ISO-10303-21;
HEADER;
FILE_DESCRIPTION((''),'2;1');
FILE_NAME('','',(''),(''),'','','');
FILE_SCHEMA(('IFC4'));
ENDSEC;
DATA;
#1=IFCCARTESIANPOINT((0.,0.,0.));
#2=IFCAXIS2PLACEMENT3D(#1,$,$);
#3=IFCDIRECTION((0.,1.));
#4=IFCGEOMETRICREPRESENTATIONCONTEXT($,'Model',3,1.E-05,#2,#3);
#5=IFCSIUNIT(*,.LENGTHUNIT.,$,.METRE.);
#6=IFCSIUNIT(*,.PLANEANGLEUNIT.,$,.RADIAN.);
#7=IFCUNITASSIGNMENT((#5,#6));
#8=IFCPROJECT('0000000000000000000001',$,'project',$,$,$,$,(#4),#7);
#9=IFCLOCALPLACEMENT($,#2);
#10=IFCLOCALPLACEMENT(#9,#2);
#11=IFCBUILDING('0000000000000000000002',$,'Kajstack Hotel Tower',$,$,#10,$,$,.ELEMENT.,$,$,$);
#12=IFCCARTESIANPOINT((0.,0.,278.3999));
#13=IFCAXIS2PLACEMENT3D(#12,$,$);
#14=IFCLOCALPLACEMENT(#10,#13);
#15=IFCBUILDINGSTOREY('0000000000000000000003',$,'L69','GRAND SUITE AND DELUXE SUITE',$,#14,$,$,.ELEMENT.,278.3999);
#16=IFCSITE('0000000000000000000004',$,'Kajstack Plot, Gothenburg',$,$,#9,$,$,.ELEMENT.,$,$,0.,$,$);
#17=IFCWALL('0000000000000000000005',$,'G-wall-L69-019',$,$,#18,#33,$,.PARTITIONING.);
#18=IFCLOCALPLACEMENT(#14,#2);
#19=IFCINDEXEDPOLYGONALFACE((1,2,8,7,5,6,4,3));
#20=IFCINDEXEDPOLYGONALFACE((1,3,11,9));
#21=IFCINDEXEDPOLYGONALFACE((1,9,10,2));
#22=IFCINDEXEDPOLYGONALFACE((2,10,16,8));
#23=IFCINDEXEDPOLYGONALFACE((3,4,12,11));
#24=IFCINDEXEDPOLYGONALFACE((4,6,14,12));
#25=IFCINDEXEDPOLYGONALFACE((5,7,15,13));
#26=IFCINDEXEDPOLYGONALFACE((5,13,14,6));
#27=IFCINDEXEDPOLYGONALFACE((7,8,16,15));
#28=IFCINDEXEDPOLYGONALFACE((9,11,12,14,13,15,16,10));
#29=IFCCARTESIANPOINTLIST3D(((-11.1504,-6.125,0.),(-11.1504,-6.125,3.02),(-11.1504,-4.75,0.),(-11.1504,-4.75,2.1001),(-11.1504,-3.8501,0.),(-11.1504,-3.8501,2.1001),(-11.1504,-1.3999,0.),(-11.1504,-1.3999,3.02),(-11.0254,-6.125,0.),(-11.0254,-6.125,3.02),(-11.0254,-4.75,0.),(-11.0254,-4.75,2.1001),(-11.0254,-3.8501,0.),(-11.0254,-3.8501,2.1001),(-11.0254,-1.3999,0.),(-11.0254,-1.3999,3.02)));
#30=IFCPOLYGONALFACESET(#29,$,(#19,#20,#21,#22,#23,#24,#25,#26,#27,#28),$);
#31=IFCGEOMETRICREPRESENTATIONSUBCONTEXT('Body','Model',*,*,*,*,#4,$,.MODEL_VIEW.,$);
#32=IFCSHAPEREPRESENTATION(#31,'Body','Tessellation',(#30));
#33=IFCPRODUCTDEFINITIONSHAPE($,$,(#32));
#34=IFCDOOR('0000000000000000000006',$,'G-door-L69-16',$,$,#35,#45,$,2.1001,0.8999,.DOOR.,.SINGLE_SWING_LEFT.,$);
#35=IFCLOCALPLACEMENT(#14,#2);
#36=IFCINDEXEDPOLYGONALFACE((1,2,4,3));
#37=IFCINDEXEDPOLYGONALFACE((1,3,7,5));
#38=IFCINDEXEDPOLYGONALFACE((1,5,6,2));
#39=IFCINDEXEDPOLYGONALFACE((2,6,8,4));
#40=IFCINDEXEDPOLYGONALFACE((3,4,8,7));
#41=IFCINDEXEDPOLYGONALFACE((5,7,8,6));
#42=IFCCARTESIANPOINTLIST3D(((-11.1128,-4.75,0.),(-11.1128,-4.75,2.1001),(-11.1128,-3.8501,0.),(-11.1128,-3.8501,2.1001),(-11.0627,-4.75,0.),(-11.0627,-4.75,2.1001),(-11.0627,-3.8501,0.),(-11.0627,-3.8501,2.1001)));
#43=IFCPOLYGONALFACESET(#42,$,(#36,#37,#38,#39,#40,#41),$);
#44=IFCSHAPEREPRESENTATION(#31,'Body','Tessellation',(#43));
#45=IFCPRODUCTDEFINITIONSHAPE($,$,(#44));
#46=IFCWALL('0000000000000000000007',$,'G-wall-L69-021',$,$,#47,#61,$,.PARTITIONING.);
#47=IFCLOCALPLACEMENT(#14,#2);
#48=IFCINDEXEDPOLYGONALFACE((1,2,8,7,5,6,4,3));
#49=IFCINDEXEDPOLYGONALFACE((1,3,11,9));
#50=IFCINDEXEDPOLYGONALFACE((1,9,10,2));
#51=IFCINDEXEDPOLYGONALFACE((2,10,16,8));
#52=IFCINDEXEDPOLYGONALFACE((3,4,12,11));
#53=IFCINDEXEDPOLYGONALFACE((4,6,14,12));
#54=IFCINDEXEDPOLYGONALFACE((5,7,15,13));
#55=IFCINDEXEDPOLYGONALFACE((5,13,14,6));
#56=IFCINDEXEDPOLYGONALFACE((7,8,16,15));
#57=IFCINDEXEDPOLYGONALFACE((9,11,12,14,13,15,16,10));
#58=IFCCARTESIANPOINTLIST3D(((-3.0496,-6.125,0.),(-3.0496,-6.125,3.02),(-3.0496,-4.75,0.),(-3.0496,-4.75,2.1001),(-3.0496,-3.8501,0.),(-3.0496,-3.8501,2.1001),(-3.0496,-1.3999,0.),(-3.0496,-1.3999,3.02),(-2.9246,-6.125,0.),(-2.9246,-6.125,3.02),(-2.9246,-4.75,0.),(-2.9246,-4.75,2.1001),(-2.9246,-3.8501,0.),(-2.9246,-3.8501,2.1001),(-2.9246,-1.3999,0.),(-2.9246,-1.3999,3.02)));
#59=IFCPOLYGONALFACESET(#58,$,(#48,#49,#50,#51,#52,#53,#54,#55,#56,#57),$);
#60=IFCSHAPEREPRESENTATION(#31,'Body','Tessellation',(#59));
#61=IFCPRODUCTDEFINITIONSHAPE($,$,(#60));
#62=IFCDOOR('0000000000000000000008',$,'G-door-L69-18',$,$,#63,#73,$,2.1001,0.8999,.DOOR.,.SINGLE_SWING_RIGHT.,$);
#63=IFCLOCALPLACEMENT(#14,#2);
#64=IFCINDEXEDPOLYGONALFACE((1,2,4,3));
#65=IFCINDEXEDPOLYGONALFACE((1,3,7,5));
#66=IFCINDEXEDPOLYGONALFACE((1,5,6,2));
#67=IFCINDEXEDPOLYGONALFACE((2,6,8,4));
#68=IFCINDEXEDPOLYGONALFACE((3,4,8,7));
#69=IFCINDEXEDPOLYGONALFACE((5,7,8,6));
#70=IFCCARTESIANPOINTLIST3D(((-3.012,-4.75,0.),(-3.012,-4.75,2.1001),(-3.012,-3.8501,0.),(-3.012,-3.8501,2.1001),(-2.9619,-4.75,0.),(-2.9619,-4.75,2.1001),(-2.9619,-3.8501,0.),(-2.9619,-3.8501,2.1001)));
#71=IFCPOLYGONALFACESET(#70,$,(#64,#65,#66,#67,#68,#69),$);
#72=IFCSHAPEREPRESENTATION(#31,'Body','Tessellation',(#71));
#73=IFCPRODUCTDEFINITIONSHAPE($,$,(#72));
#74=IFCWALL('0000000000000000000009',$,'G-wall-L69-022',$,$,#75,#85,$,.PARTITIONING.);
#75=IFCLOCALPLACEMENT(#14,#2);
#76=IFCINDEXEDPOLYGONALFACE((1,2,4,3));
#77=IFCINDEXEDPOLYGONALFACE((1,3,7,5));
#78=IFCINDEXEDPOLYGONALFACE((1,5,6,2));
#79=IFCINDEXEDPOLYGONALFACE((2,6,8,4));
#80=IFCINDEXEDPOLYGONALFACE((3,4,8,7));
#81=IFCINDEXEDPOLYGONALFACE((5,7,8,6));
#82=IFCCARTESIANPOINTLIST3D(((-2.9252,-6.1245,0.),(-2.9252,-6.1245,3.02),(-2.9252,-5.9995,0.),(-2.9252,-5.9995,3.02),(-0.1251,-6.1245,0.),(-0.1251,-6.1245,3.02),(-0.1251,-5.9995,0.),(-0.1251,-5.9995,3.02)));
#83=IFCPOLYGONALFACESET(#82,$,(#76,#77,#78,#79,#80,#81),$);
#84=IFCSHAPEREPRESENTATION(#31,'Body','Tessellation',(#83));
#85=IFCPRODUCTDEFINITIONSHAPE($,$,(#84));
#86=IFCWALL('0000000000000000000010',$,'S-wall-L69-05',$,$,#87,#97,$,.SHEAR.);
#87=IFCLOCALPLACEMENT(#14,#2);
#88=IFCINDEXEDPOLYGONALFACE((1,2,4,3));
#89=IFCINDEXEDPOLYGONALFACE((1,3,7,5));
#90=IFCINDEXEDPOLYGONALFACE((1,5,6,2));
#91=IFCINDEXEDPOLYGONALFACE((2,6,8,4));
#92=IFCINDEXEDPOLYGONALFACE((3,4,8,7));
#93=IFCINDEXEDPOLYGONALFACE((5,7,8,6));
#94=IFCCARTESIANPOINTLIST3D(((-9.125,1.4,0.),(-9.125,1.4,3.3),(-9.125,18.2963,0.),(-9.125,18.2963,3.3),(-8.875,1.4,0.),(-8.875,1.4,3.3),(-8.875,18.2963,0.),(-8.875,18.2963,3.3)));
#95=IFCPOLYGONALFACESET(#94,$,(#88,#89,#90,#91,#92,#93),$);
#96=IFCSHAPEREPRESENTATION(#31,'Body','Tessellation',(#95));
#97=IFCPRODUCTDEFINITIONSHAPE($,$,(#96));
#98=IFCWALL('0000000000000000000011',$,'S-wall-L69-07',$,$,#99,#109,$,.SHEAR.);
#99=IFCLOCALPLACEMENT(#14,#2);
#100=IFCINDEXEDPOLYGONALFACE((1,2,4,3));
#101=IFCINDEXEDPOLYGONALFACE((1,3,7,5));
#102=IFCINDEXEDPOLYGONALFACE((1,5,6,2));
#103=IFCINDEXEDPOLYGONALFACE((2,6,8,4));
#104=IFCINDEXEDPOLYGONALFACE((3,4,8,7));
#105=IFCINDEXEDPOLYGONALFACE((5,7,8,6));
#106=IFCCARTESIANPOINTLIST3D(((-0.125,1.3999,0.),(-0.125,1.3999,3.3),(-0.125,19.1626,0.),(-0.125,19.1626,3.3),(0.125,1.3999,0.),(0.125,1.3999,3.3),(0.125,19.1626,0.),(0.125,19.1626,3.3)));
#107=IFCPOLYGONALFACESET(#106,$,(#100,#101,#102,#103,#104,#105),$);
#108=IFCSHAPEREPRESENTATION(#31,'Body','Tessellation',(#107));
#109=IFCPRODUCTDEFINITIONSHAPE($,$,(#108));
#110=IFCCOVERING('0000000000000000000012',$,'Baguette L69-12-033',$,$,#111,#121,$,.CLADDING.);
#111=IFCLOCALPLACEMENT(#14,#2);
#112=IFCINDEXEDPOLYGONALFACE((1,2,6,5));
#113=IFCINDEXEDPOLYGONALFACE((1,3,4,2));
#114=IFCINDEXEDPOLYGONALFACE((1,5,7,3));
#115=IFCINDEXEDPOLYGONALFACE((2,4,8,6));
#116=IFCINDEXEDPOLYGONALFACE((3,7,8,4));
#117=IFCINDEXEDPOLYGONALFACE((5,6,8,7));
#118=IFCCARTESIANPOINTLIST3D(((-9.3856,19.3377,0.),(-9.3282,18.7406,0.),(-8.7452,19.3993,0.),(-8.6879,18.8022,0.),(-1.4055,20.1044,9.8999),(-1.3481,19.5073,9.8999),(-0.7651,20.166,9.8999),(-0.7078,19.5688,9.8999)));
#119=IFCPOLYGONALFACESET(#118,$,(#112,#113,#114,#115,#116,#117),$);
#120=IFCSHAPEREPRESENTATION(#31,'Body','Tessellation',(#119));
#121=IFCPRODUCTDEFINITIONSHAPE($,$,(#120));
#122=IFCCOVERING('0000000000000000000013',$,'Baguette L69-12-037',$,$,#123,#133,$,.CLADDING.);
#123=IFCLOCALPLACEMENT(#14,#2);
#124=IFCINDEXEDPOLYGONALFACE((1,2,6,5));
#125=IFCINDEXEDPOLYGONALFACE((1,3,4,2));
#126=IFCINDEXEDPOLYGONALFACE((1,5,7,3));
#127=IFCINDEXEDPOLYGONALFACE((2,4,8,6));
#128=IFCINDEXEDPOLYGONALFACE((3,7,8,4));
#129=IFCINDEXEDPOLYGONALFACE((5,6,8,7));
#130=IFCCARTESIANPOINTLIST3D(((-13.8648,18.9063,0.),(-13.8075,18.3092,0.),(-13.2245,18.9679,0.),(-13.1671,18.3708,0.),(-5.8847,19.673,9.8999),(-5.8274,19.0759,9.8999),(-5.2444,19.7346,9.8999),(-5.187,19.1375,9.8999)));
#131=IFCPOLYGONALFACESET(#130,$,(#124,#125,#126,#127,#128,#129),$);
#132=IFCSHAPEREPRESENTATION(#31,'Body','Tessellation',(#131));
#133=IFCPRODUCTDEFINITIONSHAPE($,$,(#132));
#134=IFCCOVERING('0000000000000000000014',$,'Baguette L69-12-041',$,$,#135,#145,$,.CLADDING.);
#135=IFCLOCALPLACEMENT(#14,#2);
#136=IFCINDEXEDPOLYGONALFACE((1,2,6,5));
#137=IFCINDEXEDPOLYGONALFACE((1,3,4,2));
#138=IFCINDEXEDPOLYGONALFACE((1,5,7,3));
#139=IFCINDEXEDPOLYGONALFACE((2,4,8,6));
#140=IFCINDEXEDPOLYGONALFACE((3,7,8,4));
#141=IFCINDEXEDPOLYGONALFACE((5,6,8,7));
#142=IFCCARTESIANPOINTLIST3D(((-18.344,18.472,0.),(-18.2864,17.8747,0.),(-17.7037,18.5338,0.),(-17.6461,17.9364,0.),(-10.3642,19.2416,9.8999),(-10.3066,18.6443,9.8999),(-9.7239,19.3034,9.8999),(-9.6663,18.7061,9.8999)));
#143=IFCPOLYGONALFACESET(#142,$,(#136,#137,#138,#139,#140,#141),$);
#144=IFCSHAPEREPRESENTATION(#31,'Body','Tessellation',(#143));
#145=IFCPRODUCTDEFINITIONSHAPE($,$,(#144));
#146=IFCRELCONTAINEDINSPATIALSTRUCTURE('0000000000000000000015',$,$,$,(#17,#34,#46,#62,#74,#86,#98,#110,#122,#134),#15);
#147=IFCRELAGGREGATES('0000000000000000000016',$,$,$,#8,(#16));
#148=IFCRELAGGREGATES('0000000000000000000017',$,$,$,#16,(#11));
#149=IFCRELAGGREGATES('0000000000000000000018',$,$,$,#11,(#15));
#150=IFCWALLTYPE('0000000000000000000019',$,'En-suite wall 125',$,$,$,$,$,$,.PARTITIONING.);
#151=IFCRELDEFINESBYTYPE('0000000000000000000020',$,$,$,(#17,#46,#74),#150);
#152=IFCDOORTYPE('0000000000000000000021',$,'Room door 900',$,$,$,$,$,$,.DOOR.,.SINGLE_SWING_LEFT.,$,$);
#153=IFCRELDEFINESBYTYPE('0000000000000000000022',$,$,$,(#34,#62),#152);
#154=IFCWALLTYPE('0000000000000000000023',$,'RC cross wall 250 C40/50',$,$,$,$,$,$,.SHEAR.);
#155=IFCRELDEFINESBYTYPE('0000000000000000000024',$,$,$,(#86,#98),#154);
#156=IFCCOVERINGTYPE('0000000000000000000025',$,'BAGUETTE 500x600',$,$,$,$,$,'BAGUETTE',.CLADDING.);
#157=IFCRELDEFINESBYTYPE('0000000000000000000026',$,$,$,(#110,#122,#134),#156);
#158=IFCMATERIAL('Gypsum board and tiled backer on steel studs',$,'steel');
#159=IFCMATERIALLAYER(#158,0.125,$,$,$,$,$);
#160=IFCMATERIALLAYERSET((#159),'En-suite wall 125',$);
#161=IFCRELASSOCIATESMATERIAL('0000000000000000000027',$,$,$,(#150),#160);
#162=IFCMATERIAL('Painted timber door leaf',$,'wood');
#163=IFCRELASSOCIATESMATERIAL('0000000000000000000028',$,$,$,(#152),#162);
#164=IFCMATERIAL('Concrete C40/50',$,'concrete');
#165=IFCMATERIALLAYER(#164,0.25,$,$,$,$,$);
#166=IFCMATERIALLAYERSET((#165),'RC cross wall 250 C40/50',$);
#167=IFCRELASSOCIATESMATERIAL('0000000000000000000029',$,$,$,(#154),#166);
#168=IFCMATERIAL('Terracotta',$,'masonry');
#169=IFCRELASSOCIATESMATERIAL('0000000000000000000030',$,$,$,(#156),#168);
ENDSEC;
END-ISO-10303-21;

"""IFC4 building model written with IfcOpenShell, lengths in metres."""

from ifc_helpers import new_model, si_unit, direction, frame, frame_2d, origin, origin_2d, place, context, subcontext, project, spatial, polyline, rectangle, outline, extrude, material, layer, layer_set, material_profile, profile_set, type_object, element, fill, save


model = new_model("IFC4")

# Units and contexts
model_context = context("Model", 3, precision=1e-05, world=origin(), true_north=direction((0.0, 1.0)))
body_context = subcontext(model_context, "Body", "Model", "MODEL_VIEW")
ifc_project = project(units=[si_unit("LENGTHUNIT", "METRE"), si_unit("PLANEANGLEUNIT", "RADIAN")], contexts=[model_context])

# Site, building, storey
site_placement = place(None, origin())
site = spatial("IfcSite", under=ifc_project, at=site_placement, Name="Kajstack Plot, Gothenburg", CompositionType="ELEMENT", RefElevation=0.0)
building_placement = place(site_placement, origin())
building = spatial("IfcBuilding", under=site, at=building_placement, Name="Kajstack Hotel Tower", CompositionType="ELEMENT")
storey_placement = place(building_placement, frame((0.0, 0.0, 278.3999)))
storey = spatial("IfcBuildingStorey", under=building, at=storey_placement, Name="L69", Description="GRAND SUITE AND DELUXE SUITE", CompositionType="ELEMENT", Elevation=278.3999)

# Shared definitions
ifc_material_1 = material(Name="Concrete C40/50", Category="concrete")

# Shared definitions
ifc_material_2 = material(Name="Gypsum board and tiled backer on steel studs", Category="steel")
ifc_layer_1 = layer(ifc_material_2, 0.125)
ifc_layer_set_1 = layer_set([ifc_layer_1], Name="En-suite wall 125")
wall_type_1 = type_object("IfcWallType", Name="En-suite wall 125", PredefinedType="PARTITIONING", material=ifc_layer_set_1)

# Shared definitions
ifc_material_3 = material(Name="Painted timber door leaf", Category="wood")
door_type = type_object("IfcDoorType", Name="Room door 900", OperationType="SINGLE_SWING_LEFT", PredefinedType="DOOR", material=ifc_material_3)

# Walls, openings, doors
wall_1_placement = place(storey_placement, frame((-11.0879, -6.125, 0.0), z_axis=(0.0, 0.0, 1.0), x_axis=(0.0, 1.0, 0.0)))
wall_1 = element("IfcWall", 1, at=wall_1_placement, inside=storey, type_object=wall_type_1, Name="G-wall-L69-019", PredefinedType="PARTITIONING", context=body_context, shape_type="SweptSolid", body=[
    extrude(rectangle(XDim=4.7251, YDim=0.125, at=frame_2d((2.3625, 0.0))), origin(), (0.0, 0.0, 1.0), 3.02),
])
opening_1_placement = place(wall_1_placement, frame((1.375, 0.0, 0.0)))
opening_1 = element("IfcOpeningElement", 2, at=opening_1_placement, cuts=wall_1, PredefinedType="OPENING", context=body_context, shape_type="SweptSolid", body=[
    extrude(rectangle(XDim=0.8999, YDim=2.1001, at=frame_2d((0.45, 1.05))), frame((0.0, 0.0725, 0.0), z_axis=(0.0, -1.0, 0.0), x_axis=(1.0, 0.0, 0.0)), (0.0, 0.0, 1.0), 0.145),
])
door_1_placement = place(opening_1_placement, origin())
door_1 = element("IfcDoor", 3, at=door_1_placement, inside=storey, type_object=door_type, Name="G-door-L69-16", OperationType="SINGLE_SWING_LEFT", OverallHeight=2.1001, OverallWidth=0.8999, PredefinedType="DOOR", context=body_context, shape_type="SweptSolid", body=[
    extrude(rectangle(XDim=0.8999, YDim=2.1001, at=frame_2d((0.45, 1.05))), frame((0.0, 0.0249, 0.0), z_axis=(0.0, -1.0, 0.0), x_axis=(1.0, 0.0, 0.0)), (0.0, 0.0, 1.0), 0.05),
])
fill(opening_1, door_1)
wall_2_placement = place(storey_placement, frame((-2.9871, -6.125, 0.0), z_axis=(0.0, 0.0, 1.0), x_axis=(0.0, 1.0, 0.0)))
wall_2 = element("IfcWall", 4, at=wall_2_placement, inside=storey, type_object=wall_type_1, Name="G-wall-L69-021", PredefinedType="PARTITIONING", context=body_context, shape_type="SweptSolid", body=[
    extrude(rectangle(XDim=4.7251, YDim=0.125, at=frame_2d((2.3625, 0.0))), origin(), (0.0, 0.0, 1.0), 3.02),
])
opening_2_placement = place(wall_2_placement, frame((1.375, 0.0, 0.0)))
opening_2 = element("IfcOpeningElement", 5, at=opening_2_placement, cuts=wall_2, PredefinedType="OPENING", context=body_context, shape_type="SweptSolid", body=[
    extrude(rectangle(XDim=0.8999, YDim=2.1001, at=frame_2d((0.45, 1.05))), frame((0.0, 0.0725, 0.0), z_axis=(0.0, -1.0, 0.0), x_axis=(1.0, 0.0, 0.0)), (0.0, 0.0, 1.0), 0.145),
])
door_2_placement = place(opening_2_placement, origin())
door_2 = element("IfcDoor", 6, at=door_2_placement, inside=storey, type_object=door_type, Name="G-door-L69-18", OperationType="SINGLE_SWING_RIGHT", OverallHeight=2.1001, OverallWidth=0.8999, PredefinedType="DOOR", context=body_context, shape_type="SweptSolid", body=[
    extrude(rectangle(XDim=0.8999, YDim=2.1001, at=frame_2d((0.45, 1.05))), frame((0.0, 0.0249, 0.0), z_axis=(0.0, -1.0, 0.0), x_axis=(1.0, 0.0, 0.0)), (0.0, 0.0, 1.0), 0.05),
])
fill(opening_2, door_2)

# Walls
wall_3_placement = place(storey_placement, frame((-2.925, -6.062, 0.0), z_axis=(0.0, 0.0, 1.0), x_axis=(1.0, 0.0, 0.0)))
element("IfcWall", 7, at=wall_3_placement, inside=storey, type_object=wall_type_1, Name="G-wall-L69-022", PredefinedType="PARTITIONING", context=body_context, shape_type="SweptSolid", body=[
    extrude(rectangle(XDim=2.8, YDim=0.125, at=frame_2d((1.3999, 0.0))), origin(), (0.0, 0.0, 1.0), 3.02),
])
ifc_layer_2 = layer(ifc_material_1, 0.25)
ifc_layer_set_2 = layer_set([ifc_layer_2], Name="RC cross wall 250 C40/50")
wall_type_2 = type_object("IfcWallType", Name="RC cross wall 250 C40/50", PredefinedType="SHEAR", material=ifc_layer_set_2)
wall_4_placement = place(storey_placement, frame((-9.0, 1.3999, 0.0), z_axis=(0.0, 0.0, 1.0), x_axis=(0.0, 1.0, 0.0)))
element("IfcWall", 8, at=wall_4_placement, inside=storey, type_object=wall_type_2, Name="S-wall-L69-05", PredefinedType="SHEAR", context=body_context, shape_type="SweptSolid", body=[
    extrude(rectangle(XDim=16.8962, YDim=0.25, at=frame_2d((8.4482, 0.0))), origin(), (0.0, 0.0, 1.0), 3.3),
])
wall_5_placement = place(storey_placement, frame((0.0, 1.3999, 0.0), z_axis=(0.0, 0.0, 1.0), x_axis=(0.0, 1.0, 0.0)))
element("IfcWall", 9, at=wall_5_placement, inside=storey, type_object=wall_type_2, Name="S-wall-L69-07", PredefinedType="SHEAR", context=body_context, shape_type="SweptSolid", body=[
    extrude(rectangle(XDim=17.7627, YDim=0.25, at=frame_2d((8.8813, 0.0))), origin(), (0.0, 0.0, 1.0), 3.3),
])

# Coverings
ifc_material_4 = material(Name="Terracotta", Category="masonry")
ifc_material_profile = material_profile(ifc_material_4, rectangle(XDim=0.6001, YDim=0.5, at=origin_2d()), Name="Terracotta-clad concrete baguette 500 x 600")
ifc_profile_set = profile_set([ifc_material_profile], Name="Terracotta")
covering_type = type_object("IfcCoveringType", Name="BAGUETTE 500x600", ElementType="BAGUETTE", PredefinedType="CLADDING", material=ifc_profile_set)
for number, where, z_axis, x_axis, name in (
    (10, (-0.7078, 19.5688, 0.0), (-0.095635, 0.995416, 0.0), (-0.995416, -0.095635, 0.0), "Baguette L69-12-033"),
    (11, (-5.187, 19.1375, 0.0), (-0.095635, 0.995416, 0.0), (-0.995416, -0.095635, 0.0), "Baguette L69-12-037"),
):
    element("IfcCovering", number, at=place(storey_placement, frame(where, z_axis=z_axis, x_axis=x_axis)), inside=storey, type_object=covering_type, Name=name, PredefinedType="CLADDING", context=body_context, shape_type="SweptSolid", body=[
        extrude(outline(polyline([(0.0, 9.8999), (8.0168, 0.0), (8.6602, 0.0), (0.6433, 9.8999), (0.0, 9.8999)])), origin(), (0.0, 0.0, 1.0), 0.5999),
    ])
covering_placement = place(storey_placement, frame((-9.6663, 18.7061, 0.0), z_axis=(-0.095999, 0.995381, 0.0), x_axis=(-0.995381, -0.095999, 0.0)))
element("IfcCovering", 12, at=covering_placement, inside=storey, type_object=covering_type, Name="Baguette L69-12-041", PredefinedType="CLADDING", context=body_context, shape_type="SweptSolid", body=[
    extrude(outline(polyline([(0.0, 9.8999), (8.0168, 0.0), (8.6602, 0.0), (0.6433, 9.8999), (0.0, 9.8999)])), origin(), (0.0, 0.0, 1.0), 0.6001),
])

save(model, "model.ifc")
